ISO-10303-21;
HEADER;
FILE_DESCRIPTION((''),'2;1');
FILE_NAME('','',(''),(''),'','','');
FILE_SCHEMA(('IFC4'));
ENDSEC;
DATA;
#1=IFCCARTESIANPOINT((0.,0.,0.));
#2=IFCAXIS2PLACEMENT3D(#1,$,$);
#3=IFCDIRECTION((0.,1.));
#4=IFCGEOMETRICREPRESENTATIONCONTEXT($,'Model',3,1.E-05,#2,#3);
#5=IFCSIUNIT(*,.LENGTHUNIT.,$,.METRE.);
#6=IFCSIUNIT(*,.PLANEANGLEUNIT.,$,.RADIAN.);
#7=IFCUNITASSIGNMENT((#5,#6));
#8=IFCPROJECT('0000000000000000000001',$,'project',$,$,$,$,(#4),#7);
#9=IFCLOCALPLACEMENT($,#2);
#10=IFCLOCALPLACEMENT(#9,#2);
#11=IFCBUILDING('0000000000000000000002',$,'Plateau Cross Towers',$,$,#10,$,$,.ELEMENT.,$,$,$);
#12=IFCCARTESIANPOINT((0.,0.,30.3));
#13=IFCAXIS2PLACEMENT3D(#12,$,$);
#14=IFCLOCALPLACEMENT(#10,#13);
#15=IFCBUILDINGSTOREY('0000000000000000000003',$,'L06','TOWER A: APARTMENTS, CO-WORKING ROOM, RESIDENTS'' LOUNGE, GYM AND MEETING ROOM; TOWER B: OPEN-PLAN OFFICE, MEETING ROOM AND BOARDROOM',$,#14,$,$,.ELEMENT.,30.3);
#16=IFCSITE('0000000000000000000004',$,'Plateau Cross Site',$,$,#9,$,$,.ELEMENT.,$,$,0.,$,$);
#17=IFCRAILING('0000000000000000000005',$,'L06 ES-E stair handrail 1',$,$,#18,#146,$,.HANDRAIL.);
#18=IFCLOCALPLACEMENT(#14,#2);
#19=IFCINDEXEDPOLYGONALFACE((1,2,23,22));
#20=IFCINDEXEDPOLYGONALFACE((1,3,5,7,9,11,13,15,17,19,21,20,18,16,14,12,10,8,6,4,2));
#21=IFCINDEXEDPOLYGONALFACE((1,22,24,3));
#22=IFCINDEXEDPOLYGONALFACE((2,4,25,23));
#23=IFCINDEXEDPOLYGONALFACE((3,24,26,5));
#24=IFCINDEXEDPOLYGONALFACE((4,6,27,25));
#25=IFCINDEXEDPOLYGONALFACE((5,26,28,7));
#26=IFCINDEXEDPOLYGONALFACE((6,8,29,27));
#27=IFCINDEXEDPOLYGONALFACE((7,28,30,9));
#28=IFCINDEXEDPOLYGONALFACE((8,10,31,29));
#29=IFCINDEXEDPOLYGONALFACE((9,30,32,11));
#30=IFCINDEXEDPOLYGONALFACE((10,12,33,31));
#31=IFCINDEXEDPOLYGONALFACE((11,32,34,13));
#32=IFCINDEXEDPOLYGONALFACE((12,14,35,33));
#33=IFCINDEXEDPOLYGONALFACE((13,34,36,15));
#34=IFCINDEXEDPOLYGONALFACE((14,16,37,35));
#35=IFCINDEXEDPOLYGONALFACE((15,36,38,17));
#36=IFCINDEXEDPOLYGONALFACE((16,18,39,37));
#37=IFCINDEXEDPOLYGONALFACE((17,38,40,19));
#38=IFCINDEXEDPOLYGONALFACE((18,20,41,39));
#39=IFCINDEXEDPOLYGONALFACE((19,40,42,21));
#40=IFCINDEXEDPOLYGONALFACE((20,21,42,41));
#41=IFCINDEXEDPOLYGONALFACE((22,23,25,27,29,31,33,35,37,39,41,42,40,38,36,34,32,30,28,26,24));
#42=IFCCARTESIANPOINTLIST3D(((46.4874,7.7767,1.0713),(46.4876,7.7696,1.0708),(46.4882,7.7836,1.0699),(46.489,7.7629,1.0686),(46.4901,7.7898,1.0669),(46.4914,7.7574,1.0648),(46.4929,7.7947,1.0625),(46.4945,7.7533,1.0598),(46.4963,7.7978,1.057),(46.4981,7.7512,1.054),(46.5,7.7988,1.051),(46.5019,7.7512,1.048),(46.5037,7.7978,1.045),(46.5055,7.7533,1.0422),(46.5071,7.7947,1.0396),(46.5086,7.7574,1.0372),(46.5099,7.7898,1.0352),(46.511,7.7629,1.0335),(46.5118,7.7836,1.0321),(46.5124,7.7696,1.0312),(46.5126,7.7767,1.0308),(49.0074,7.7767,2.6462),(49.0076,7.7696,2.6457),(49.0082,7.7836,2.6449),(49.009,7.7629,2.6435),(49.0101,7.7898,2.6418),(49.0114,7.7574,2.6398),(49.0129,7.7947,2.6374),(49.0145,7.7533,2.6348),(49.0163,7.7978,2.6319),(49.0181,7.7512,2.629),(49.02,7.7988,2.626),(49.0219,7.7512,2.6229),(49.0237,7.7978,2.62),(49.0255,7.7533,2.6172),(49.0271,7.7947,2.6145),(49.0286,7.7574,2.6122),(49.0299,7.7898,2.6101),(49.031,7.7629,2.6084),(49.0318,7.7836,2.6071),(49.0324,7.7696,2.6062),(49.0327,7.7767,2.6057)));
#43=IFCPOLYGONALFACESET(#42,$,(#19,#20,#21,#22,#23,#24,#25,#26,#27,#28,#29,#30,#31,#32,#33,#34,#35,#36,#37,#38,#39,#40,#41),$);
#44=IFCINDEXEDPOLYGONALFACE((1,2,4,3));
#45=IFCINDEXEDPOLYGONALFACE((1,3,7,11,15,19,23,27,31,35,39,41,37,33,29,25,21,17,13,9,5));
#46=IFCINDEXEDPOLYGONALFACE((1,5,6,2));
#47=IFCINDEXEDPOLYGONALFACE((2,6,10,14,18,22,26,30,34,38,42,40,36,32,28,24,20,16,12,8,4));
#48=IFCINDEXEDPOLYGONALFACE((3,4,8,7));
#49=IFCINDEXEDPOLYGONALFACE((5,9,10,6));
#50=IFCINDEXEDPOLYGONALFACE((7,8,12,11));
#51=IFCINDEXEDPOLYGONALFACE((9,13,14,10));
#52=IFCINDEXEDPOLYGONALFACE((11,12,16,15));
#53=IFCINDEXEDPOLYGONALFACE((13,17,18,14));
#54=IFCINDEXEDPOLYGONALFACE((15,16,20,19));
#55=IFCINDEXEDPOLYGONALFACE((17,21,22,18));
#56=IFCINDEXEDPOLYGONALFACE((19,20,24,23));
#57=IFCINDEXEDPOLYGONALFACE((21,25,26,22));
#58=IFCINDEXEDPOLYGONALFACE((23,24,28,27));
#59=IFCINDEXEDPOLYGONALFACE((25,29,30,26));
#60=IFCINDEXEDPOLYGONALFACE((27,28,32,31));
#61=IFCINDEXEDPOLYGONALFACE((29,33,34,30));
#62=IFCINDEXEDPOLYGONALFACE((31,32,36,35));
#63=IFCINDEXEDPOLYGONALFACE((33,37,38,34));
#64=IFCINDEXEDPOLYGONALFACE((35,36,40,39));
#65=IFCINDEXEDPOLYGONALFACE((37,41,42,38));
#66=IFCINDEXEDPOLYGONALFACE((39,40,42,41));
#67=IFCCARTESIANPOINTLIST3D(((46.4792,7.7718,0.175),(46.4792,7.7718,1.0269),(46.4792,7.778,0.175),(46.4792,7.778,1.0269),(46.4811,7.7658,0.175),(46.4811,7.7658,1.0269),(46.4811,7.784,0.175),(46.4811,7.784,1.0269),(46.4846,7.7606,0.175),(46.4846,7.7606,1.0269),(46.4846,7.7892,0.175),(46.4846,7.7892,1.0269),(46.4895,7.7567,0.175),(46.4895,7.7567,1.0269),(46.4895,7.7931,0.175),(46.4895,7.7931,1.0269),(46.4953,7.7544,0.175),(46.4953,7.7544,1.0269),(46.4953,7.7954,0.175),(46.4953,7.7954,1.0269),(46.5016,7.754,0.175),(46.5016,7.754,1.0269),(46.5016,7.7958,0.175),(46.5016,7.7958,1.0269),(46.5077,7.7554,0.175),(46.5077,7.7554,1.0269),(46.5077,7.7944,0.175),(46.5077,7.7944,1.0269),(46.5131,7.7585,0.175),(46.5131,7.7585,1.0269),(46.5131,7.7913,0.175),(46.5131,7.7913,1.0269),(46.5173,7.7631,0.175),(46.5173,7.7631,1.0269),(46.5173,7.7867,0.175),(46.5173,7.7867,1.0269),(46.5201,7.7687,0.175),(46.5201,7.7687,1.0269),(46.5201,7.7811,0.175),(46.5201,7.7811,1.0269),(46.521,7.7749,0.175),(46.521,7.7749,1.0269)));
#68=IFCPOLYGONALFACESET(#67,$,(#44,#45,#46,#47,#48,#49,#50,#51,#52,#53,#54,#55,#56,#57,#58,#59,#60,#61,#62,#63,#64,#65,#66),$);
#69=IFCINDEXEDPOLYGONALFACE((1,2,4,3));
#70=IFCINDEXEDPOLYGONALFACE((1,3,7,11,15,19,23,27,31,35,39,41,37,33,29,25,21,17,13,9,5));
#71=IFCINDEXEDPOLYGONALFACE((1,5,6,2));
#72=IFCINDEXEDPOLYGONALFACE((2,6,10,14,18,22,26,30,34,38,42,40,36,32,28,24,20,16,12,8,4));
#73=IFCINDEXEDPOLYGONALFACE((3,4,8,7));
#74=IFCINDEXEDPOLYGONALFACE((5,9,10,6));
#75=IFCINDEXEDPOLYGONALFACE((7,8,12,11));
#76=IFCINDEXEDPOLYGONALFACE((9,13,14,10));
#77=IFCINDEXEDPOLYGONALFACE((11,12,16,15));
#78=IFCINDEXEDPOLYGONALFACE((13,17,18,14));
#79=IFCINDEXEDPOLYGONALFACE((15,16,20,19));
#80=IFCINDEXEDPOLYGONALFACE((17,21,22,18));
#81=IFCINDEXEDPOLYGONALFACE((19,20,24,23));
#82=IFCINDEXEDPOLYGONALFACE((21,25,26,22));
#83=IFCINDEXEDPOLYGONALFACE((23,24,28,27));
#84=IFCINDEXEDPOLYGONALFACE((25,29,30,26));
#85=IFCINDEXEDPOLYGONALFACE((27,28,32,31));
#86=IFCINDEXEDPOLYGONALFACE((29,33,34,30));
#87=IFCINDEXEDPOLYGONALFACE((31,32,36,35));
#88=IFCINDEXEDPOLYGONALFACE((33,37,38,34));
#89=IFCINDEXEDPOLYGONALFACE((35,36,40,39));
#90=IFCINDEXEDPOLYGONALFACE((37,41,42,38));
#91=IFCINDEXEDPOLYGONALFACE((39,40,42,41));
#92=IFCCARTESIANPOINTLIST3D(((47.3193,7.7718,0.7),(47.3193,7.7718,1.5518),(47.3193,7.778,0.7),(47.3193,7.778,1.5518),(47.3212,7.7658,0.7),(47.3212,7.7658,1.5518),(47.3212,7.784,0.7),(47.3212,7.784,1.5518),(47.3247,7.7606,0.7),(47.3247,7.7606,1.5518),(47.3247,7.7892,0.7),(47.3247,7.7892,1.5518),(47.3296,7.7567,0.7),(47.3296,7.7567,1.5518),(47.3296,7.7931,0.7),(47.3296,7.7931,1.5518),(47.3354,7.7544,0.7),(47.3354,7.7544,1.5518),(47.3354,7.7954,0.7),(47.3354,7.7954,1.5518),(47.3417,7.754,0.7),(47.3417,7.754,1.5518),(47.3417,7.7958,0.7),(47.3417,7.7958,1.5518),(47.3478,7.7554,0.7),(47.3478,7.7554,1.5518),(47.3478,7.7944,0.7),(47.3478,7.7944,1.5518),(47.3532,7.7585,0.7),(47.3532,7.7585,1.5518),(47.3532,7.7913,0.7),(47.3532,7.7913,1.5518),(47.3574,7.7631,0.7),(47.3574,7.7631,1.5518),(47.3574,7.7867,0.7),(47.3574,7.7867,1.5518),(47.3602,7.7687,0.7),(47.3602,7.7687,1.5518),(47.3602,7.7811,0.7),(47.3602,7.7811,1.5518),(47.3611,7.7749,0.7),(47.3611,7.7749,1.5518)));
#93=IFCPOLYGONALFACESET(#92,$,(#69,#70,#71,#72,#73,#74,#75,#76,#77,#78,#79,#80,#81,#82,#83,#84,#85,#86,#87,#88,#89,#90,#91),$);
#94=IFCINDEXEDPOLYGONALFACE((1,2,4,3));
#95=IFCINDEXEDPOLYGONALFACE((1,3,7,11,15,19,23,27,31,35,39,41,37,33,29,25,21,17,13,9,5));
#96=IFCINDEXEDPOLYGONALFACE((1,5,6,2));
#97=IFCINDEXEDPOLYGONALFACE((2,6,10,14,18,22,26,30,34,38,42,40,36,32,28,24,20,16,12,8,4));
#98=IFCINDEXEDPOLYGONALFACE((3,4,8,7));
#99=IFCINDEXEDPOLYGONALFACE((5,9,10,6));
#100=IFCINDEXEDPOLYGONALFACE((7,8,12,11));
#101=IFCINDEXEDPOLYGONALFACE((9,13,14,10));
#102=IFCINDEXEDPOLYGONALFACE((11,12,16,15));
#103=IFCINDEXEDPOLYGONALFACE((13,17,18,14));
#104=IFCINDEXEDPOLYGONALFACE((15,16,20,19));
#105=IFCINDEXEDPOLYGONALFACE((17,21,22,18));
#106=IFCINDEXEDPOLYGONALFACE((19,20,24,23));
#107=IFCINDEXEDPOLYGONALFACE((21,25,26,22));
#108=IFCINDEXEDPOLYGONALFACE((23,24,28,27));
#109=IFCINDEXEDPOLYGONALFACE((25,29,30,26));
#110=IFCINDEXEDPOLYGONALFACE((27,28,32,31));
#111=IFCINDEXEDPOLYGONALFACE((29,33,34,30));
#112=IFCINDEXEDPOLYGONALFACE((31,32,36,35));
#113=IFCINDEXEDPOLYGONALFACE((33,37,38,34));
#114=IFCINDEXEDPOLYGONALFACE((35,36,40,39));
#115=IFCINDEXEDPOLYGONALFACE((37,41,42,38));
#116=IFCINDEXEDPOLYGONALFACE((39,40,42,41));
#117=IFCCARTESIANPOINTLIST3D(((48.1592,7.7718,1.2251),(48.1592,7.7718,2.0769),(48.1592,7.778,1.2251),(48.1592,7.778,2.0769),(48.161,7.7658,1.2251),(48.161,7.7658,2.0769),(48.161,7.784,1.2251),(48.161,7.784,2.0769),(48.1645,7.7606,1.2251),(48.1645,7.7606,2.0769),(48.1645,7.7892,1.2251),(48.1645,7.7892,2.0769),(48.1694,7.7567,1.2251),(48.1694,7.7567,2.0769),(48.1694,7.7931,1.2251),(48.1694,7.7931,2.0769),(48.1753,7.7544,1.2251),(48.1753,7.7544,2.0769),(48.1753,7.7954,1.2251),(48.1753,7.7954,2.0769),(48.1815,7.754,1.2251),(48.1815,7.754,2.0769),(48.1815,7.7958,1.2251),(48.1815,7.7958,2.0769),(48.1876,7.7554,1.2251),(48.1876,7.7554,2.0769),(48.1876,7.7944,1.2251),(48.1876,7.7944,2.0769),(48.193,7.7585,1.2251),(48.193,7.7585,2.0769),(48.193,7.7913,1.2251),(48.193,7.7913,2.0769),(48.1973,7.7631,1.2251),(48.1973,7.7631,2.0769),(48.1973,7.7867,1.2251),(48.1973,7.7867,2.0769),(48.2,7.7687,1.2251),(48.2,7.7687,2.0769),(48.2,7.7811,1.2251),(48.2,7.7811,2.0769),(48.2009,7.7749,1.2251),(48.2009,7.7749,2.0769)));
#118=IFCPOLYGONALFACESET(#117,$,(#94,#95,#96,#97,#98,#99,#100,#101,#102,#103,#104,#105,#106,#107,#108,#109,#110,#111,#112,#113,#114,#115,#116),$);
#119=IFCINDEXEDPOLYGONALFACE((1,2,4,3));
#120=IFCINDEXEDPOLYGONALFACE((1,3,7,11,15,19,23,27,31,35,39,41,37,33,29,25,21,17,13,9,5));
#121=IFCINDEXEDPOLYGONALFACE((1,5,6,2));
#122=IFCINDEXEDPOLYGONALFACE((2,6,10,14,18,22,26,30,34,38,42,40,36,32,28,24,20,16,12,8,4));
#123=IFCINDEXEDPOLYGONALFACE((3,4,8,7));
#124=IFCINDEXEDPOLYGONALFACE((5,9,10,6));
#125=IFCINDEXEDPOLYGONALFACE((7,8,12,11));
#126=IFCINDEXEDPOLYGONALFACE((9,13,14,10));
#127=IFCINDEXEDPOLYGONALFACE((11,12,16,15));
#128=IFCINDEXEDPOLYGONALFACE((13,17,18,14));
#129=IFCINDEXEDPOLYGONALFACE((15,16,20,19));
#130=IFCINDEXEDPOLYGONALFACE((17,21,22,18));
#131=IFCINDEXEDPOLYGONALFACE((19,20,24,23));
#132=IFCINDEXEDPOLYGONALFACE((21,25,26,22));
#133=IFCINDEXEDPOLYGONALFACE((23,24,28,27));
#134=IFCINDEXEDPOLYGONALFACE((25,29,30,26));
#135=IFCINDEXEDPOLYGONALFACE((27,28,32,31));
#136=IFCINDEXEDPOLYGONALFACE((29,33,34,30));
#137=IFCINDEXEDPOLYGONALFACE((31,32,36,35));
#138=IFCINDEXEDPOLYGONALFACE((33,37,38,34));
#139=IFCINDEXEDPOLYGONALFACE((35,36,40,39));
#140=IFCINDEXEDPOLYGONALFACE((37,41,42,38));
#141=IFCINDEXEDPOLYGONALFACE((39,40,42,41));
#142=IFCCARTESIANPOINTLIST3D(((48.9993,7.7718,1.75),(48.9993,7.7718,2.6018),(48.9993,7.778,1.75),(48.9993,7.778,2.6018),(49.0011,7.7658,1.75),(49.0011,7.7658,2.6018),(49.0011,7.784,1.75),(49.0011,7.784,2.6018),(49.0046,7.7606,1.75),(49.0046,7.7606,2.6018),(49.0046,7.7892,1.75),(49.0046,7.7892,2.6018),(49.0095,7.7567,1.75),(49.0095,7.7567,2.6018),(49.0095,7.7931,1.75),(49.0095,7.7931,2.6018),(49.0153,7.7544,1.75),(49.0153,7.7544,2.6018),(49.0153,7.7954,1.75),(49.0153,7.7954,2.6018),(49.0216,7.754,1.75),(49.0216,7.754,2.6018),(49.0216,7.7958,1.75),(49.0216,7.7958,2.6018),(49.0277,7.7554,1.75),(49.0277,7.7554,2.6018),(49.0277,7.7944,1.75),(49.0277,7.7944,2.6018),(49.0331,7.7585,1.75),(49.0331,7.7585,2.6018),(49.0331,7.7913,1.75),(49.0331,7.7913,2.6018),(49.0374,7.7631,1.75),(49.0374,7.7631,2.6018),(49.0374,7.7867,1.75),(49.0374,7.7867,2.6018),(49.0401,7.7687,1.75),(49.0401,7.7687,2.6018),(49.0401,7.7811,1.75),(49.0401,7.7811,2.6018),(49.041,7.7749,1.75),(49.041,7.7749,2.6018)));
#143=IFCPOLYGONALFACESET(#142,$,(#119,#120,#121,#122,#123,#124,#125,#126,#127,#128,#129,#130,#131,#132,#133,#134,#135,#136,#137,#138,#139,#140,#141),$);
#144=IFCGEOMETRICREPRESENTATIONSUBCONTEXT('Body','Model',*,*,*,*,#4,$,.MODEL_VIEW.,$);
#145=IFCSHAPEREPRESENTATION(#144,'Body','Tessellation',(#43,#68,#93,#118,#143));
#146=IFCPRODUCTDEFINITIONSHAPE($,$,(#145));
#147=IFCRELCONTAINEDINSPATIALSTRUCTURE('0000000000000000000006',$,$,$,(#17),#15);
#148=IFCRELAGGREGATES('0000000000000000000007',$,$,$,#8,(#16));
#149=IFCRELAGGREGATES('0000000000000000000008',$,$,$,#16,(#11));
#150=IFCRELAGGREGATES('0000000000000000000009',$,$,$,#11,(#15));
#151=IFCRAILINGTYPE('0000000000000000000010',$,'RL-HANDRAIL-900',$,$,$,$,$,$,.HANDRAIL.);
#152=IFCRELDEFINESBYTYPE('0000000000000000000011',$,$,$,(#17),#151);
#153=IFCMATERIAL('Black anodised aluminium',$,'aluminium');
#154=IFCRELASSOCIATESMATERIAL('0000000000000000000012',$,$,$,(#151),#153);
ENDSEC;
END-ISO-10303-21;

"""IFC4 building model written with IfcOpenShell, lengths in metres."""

from ifc_helpers import new_model, si_unit, direction, frame, origin, origin_2d, place, context, subcontext, project, spatial, circle, extrude, material, type_object, element, save


model = new_model("IFC4")

# Units and contexts
model_context = context("Model", 3, precision=1e-05, world=origin(), true_north=direction((0.0, 1.0)))
body_context = subcontext(model_context, "Body", "Model", "MODEL_VIEW")
ifc_project = project(units=[si_unit("LENGTHUNIT", "METRE"), si_unit("PLANEANGLEUNIT", "RADIAN")], contexts=[model_context])

# Site, building, storey
site_placement = place(None, origin())
site = spatial("IfcSite", under=ifc_project, at=site_placement, Name="Plateau Cross Site", CompositionType="ELEMENT", RefElevation=0.0)
building_placement = place(site_placement, origin())
building = spatial("IfcBuilding", under=site, at=building_placement, Name="Plateau Cross Towers", CompositionType="ELEMENT")
storey_placement = place(building_placement, frame((0.0, 0.0, 30.3)))
storey = spatial("IfcBuildingStorey", under=building, at=storey_placement, Name="L06", Description="TOWER A: APARTMENTS, CO-WORKING ROOM, RESIDENTS' LOUNGE, GYM AND MEETING ROOM; TOWER B: OPEN-PLAN OFFICE, MEETING ROOM AND BOARDROOM", CompositionType="ELEMENT", Elevation=30.3)

# Shared definitions
ifc_material_1 = material(Name="Black anodised aluminium", Category="aluminium")

# Railing
railing_type = type_object("IfcRailingType", Name="RL-HANDRAIL-900", PredefinedType="HANDRAIL", material=ifc_material_1)
railing_placement = place(storey_placement, frame((46.5, 7.7749, 0.175)))
element("IfcRailing", 1, at=railing_placement, inside=storey, type_object=railing_type, Name="L06 ES-E stair handrail 1", PredefinedType="HANDRAIL", context=body_context, shape_type="SweptSolid", body=[
    extrude(circle(Radius=0.0239, at=origin_2d()), frame((0.0, 0.0, 0.876), z_axis=(0.848008, 0.0, 0.529984), x_axis=(0.0, 1.0, 0.0)), (0.0, 0.0, 1.0), 2.9717),
    extrude(circle(Radius=0.021, at=origin_2d()), origin(), (0.0, 0.0, 1.0), 0.8518),
    extrude(circle(Radius=0.021, at=origin_2d()), frame((0.8401, 0.0, 0.5249)), (0.0, 0.0, 1.0), 0.8518),
    extrude(circle(Radius=0.021, at=origin_2d()), frame((1.6799, 0.0, 1.05)), (0.0, 0.0, 1.0), 0.8518),
    extrude(circle(Radius=0.021, at=origin_2d()), frame((2.52, 0.0, 1.575)), (0.0, 0.0, 1.0), 0.8518),
])

save(model, "model.ifc")
